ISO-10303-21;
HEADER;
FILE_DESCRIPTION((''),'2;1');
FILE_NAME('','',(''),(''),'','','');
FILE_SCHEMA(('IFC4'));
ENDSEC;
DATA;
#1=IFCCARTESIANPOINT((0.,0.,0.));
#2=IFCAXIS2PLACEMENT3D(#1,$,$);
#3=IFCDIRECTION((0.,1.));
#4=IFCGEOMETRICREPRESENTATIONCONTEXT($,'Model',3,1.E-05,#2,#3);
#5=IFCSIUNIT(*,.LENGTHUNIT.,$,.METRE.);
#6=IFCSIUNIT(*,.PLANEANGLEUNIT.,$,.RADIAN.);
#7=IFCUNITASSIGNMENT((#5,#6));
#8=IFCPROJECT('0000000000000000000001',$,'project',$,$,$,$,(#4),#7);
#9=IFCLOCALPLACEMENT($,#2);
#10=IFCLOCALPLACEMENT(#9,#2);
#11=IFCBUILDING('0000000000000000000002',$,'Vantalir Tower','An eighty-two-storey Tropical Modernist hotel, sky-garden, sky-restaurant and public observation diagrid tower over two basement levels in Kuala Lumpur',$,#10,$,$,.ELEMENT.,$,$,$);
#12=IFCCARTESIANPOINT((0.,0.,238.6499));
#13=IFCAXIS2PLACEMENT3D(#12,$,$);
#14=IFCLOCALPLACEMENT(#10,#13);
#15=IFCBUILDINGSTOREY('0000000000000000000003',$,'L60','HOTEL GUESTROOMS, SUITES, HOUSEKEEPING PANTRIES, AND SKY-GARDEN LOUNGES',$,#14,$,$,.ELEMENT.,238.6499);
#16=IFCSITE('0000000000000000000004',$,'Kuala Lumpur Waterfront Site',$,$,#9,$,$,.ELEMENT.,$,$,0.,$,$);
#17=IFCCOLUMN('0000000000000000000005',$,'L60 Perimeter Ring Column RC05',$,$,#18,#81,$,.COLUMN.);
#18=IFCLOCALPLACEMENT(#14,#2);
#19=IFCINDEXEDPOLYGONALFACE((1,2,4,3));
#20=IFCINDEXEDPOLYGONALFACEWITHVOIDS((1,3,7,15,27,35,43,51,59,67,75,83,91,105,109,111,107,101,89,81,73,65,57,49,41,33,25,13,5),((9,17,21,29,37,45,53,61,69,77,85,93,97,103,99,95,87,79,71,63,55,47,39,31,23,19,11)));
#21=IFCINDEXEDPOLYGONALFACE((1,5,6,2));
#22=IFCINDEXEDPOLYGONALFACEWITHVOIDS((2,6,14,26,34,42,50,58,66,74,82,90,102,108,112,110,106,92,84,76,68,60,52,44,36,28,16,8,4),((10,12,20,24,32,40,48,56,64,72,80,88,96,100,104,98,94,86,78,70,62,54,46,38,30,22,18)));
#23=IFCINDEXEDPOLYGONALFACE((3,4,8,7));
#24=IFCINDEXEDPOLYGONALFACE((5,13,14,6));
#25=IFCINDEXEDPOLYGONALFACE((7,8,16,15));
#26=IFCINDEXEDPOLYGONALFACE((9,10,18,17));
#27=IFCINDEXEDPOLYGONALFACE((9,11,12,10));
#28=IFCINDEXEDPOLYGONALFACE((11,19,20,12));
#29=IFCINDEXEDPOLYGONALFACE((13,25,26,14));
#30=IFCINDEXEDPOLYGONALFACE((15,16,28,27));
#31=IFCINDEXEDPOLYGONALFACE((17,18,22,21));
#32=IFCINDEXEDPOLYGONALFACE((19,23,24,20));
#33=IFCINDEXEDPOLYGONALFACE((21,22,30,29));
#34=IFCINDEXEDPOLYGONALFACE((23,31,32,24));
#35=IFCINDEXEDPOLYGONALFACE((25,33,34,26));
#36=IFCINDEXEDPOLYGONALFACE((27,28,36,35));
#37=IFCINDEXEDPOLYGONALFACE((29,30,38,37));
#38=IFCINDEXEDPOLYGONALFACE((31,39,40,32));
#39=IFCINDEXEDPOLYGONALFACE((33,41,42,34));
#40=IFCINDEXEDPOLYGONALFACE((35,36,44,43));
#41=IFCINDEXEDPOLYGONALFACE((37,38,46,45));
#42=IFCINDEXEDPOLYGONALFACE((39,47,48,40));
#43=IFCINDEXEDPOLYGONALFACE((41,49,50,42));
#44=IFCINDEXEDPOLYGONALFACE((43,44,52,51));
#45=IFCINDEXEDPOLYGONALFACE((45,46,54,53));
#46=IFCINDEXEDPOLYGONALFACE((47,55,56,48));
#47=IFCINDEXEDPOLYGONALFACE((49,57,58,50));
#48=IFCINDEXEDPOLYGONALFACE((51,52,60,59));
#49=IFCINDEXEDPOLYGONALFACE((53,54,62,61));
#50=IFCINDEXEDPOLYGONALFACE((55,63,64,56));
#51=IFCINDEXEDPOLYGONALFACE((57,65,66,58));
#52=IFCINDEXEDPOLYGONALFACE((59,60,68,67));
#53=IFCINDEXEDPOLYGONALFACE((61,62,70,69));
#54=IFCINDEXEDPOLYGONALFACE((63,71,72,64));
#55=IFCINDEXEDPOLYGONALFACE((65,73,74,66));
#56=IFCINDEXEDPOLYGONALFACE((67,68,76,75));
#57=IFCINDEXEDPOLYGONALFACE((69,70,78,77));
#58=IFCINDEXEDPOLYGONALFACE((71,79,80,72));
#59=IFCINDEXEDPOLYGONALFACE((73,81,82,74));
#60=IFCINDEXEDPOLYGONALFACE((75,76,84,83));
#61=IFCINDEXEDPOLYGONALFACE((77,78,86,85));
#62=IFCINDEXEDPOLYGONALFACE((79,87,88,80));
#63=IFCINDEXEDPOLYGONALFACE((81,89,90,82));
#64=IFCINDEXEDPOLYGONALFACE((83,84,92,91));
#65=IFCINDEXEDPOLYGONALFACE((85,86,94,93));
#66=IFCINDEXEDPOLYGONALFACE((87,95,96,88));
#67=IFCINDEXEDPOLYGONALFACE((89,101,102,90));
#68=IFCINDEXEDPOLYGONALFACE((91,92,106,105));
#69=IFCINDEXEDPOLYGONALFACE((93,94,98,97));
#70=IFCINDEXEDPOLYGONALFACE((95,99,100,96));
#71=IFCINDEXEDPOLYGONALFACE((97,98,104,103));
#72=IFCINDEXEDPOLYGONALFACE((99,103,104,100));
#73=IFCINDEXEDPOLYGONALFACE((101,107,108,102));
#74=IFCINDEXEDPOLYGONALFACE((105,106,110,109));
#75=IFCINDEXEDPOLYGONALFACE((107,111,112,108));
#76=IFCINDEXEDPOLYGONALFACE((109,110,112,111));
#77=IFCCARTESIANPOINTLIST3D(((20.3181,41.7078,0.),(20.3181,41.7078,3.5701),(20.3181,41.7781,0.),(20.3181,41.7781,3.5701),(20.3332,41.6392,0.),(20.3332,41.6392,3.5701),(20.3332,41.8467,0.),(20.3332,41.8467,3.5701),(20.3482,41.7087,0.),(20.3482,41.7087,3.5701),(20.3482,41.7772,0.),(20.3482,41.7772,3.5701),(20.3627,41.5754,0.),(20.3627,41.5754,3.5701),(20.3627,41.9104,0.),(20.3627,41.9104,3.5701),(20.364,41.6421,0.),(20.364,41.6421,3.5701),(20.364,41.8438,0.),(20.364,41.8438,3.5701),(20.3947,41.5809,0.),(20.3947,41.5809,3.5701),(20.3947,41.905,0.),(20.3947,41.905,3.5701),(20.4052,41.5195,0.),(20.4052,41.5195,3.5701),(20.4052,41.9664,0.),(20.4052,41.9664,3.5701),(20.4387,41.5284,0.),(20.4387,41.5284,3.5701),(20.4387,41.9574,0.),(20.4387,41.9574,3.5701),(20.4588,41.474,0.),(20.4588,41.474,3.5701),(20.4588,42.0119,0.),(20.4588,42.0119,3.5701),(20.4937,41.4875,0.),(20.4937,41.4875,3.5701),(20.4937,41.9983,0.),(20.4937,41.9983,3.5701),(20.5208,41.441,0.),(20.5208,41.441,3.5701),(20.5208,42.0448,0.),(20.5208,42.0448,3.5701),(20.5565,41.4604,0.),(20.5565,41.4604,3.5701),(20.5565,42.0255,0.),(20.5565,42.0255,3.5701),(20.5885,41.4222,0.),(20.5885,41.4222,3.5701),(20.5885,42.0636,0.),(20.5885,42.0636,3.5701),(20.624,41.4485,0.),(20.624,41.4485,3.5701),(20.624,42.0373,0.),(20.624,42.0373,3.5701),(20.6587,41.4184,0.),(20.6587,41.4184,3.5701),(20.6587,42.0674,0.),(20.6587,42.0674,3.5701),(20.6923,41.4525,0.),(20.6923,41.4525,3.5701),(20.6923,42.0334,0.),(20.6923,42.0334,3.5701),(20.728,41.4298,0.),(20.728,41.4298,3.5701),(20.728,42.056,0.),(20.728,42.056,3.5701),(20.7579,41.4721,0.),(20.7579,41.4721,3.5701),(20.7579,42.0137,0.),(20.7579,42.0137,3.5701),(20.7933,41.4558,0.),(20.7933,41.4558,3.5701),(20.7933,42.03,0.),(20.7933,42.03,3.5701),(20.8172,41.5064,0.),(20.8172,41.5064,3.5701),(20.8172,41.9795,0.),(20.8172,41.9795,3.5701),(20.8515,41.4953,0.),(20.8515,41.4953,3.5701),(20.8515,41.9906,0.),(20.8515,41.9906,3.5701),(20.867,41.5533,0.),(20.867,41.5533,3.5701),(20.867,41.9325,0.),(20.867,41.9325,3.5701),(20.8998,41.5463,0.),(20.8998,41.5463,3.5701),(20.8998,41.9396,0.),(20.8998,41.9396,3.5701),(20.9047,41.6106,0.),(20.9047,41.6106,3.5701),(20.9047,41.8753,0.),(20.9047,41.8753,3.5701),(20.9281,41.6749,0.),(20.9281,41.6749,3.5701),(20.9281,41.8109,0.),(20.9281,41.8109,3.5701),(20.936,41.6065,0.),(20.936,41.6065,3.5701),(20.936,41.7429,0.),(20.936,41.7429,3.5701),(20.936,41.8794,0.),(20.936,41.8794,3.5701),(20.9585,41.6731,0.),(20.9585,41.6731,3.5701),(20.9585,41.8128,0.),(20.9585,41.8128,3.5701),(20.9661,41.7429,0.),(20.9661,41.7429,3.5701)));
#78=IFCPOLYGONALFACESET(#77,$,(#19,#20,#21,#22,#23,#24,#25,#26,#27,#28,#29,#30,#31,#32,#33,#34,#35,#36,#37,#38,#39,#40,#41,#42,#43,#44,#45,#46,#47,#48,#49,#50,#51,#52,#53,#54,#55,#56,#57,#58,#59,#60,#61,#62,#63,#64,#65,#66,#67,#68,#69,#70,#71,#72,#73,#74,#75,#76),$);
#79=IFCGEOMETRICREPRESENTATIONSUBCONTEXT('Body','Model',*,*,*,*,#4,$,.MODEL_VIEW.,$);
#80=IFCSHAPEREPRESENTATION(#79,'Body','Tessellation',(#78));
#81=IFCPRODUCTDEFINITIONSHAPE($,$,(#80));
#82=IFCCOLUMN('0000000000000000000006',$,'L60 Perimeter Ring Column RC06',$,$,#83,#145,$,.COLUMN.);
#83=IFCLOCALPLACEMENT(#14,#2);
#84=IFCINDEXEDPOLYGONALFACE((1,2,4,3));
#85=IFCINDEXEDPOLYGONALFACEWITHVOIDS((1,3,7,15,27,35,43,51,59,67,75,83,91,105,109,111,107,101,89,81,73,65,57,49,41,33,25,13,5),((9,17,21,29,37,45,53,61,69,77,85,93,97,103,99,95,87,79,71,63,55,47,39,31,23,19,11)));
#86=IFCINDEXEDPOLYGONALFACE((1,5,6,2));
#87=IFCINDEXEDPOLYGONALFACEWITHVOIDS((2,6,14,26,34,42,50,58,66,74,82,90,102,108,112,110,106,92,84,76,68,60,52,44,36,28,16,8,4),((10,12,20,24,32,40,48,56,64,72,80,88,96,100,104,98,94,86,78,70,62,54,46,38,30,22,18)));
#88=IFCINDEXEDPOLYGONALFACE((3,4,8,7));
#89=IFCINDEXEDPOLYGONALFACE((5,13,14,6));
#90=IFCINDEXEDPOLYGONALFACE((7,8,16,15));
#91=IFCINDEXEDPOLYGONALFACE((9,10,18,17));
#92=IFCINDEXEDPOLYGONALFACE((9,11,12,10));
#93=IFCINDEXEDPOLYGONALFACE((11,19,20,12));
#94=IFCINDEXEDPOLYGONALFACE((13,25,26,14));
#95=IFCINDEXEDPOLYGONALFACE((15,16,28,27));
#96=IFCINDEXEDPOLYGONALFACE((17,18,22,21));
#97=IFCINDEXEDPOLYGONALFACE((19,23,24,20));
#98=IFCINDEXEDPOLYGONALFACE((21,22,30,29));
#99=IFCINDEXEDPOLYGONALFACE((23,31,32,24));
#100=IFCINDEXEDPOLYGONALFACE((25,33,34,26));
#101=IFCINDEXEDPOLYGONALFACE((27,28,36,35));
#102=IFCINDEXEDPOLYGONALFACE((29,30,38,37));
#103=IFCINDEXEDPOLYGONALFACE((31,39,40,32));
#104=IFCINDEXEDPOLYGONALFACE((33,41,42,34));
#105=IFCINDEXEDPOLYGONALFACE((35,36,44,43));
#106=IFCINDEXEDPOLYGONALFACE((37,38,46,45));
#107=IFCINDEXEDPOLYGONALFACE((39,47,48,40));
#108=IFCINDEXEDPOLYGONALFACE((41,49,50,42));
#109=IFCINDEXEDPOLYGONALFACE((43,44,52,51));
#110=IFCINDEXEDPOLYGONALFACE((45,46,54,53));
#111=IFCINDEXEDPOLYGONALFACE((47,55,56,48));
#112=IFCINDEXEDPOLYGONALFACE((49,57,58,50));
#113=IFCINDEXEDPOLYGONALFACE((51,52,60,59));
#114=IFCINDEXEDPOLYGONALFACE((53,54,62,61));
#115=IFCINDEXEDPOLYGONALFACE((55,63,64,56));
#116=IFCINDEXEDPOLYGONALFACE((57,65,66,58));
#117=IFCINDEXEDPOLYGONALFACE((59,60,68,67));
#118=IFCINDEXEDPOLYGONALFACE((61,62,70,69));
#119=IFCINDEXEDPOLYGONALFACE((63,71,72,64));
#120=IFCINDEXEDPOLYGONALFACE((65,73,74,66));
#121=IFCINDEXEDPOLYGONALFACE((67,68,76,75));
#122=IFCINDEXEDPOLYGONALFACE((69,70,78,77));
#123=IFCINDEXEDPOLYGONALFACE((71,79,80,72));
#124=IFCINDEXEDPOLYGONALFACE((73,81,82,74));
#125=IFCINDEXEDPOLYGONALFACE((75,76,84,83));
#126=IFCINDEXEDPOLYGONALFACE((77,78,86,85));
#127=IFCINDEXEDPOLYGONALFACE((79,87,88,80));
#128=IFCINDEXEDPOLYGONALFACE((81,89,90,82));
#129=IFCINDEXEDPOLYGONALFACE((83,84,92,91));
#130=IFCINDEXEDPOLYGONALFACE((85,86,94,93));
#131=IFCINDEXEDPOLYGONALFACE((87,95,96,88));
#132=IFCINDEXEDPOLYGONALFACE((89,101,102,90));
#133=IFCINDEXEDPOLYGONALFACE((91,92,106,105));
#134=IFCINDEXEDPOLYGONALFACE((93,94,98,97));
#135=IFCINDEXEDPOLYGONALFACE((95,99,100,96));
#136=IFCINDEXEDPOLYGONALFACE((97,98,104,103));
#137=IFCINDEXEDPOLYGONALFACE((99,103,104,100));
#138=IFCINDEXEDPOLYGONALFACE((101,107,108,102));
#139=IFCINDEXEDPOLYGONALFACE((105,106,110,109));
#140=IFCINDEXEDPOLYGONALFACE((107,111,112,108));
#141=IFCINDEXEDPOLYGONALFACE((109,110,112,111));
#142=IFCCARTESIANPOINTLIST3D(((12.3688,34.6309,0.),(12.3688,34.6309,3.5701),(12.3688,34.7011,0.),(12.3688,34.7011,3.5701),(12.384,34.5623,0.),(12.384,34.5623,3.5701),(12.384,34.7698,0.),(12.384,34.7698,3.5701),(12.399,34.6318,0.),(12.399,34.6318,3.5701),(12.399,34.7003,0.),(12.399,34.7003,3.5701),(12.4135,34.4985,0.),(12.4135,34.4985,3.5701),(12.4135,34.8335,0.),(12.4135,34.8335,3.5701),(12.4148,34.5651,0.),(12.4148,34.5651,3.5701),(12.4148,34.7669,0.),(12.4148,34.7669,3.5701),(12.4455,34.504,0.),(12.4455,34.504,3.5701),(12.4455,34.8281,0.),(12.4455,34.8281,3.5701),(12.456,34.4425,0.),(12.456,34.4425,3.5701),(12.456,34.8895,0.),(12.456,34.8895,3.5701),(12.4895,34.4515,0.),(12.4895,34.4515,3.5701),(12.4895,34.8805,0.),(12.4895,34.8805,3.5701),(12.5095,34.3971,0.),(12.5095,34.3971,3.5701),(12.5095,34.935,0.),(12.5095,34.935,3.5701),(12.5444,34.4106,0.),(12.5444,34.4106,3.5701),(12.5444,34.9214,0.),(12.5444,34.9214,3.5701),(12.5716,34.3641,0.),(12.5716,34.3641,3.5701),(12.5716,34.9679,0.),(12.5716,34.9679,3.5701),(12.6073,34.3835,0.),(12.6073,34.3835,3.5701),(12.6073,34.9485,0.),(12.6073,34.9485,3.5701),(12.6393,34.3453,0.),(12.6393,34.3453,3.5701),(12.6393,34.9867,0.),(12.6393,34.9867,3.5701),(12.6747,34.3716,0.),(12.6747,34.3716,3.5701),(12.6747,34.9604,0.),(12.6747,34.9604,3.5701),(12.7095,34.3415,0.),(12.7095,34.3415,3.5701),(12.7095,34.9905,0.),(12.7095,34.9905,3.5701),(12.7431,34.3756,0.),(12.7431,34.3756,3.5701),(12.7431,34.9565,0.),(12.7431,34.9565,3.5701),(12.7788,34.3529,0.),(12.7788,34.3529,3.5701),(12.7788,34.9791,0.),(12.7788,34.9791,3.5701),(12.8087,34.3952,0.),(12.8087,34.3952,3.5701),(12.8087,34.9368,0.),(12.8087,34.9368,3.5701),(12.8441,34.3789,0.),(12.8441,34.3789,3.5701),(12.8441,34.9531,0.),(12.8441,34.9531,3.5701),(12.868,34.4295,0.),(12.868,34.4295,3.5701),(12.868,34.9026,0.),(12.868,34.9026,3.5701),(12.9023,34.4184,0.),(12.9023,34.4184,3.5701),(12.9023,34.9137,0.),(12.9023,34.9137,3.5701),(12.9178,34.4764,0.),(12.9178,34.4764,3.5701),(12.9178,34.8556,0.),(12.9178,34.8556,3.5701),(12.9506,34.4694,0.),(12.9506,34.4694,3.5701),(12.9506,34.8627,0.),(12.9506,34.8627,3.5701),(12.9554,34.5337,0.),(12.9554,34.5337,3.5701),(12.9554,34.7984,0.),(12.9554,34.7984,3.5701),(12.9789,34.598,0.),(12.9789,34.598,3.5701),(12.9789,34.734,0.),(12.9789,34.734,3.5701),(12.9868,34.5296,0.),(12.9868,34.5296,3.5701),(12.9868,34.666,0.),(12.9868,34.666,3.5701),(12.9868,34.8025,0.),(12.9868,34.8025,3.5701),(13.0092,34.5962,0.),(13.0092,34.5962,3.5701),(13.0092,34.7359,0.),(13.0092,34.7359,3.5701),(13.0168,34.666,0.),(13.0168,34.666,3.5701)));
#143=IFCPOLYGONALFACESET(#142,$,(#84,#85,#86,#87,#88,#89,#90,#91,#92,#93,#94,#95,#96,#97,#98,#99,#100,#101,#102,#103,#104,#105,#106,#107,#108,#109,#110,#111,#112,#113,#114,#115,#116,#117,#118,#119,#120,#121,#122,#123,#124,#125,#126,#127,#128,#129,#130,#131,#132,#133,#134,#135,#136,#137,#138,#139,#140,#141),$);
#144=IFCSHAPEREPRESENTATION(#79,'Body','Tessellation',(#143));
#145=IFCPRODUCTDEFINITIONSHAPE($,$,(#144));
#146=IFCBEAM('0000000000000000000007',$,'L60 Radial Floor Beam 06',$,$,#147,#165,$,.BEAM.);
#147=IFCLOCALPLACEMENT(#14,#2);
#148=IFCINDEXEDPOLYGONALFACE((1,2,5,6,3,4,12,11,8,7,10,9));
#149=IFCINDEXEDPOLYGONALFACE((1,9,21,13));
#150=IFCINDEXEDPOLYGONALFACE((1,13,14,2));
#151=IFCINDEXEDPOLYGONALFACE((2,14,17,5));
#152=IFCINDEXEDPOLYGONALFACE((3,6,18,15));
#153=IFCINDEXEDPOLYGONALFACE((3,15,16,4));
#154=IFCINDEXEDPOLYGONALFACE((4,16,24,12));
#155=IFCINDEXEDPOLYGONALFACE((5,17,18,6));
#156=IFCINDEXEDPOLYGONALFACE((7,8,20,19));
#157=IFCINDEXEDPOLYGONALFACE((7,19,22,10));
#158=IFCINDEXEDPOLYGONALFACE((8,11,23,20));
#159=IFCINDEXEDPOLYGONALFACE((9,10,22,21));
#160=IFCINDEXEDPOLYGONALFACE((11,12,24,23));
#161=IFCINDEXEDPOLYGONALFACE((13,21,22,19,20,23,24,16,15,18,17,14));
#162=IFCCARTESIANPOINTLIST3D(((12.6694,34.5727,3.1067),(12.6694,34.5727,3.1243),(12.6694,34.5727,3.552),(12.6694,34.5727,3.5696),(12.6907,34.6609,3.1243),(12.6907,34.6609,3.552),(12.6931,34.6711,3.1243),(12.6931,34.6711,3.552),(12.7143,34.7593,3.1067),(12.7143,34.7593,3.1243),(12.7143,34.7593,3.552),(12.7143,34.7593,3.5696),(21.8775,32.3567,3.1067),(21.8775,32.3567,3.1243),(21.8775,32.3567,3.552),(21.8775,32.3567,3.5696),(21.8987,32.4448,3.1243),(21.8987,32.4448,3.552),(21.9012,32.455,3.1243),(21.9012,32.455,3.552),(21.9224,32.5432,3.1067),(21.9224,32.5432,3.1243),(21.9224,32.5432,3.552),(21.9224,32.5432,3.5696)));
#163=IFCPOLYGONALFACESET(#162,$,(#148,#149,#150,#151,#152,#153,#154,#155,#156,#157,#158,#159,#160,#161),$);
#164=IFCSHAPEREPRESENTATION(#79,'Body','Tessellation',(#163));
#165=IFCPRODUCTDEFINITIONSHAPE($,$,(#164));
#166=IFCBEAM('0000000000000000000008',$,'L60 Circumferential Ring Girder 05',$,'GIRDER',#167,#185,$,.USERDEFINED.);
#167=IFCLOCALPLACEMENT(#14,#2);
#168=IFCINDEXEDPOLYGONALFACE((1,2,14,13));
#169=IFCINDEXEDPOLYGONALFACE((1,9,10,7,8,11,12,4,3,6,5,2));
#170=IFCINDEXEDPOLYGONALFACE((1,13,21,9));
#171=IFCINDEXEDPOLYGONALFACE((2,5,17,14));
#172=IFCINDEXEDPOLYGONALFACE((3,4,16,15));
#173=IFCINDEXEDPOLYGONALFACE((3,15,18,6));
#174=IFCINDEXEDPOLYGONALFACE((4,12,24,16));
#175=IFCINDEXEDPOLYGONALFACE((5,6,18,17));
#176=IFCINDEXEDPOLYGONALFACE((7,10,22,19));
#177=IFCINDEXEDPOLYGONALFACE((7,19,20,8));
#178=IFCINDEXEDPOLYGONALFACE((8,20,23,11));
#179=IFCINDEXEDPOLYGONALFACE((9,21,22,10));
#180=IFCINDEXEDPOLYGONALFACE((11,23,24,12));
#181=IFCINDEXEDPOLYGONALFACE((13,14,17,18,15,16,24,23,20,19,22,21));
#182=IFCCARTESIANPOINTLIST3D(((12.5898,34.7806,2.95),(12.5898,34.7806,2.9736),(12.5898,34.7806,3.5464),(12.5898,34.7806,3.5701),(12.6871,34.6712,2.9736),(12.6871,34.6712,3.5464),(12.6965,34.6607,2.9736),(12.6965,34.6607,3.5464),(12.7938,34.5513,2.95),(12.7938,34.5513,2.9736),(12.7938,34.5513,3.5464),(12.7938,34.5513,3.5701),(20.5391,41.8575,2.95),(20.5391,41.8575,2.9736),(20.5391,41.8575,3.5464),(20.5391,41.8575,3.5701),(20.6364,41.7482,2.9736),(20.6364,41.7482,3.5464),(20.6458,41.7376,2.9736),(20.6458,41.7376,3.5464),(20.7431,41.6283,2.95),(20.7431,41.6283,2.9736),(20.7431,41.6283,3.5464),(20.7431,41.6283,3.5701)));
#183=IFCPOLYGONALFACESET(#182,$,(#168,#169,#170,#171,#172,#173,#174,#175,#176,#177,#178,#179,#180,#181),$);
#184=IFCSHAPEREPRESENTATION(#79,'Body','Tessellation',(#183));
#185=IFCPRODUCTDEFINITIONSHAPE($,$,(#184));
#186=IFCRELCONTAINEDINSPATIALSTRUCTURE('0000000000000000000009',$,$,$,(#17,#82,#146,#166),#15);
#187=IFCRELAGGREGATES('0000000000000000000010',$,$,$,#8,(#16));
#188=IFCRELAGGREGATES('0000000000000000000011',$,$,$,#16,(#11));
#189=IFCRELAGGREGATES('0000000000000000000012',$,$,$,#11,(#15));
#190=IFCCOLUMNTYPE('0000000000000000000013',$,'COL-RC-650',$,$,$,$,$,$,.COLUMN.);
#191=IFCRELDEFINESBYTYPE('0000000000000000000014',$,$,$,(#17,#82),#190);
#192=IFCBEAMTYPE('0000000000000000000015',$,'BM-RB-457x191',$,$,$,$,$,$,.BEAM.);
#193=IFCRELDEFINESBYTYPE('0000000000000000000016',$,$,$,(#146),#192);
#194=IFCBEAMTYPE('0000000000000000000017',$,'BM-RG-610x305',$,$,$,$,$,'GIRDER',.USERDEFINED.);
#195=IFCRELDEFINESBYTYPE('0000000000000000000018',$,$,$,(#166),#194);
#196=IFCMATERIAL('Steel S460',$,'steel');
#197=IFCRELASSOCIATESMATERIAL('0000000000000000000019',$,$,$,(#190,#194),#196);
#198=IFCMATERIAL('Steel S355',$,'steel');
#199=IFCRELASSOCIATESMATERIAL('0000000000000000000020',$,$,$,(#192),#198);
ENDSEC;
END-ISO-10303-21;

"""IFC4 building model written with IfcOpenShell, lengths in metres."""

from ifc_helpers import new_model, si_unit, direction, frame, origin, origin_2d, place, context, subcontext, project, spatial, hollow_circle, i_section, extrude, material, material_profile, profile_set, type_object, element, save


model = new_model("IFC4")

# Units and contexts
model_context = context("Model", 3, precision=1e-05, world=origin(), true_north=direction((0.0, 1.0)))
body_context = subcontext(model_context, "Body", "Model", "MODEL_VIEW")
ifc_project = project(units=[si_unit("LENGTHUNIT", "METRE"), si_unit("PLANEANGLEUNIT", "RADIAN")], contexts=[model_context])

# Site, building, storey
site_placement = place(None, origin())
site = spatial("IfcSite", under=ifc_project, at=site_placement, Name="Kuala Lumpur Waterfront Site", CompositionType="ELEMENT", RefElevation=0.0)
building_placement = place(site_placement, origin())
building = spatial("IfcBuilding", under=site, at=building_placement, Name="Vantalir Tower", Description="An eighty-two-storey Tropical Modernist hotel, sky-garden, sky-restaurant and public observation diagrid tower over two basement levels in Kuala Lumpur", CompositionType="ELEMENT")
storey_placement = place(building_placement, frame((0.0, 0.0, 238.6499)))
storey = spatial("IfcBuildingStorey", under=building, at=storey_placement, Name="L60", Description="HOTEL GUESTROOMS, SUITES, HOUSEKEEPING PANTRIES, AND SKY-GARDEN LOUNGES", CompositionType="ELEMENT", Elevation=238.6499)

# Columns
ifc_material_1 = material(Name="Steel S460", Category="steel")
ifc_material_profile_1 = material_profile(ifc_material_1, hollow_circle(Radius=0.325, WallThickness=0.03, at=origin_2d()), Name="Steel S460")
ifc_profile_set_1 = profile_set([ifc_material_profile_1], Name="Steel S460")
column_type = type_object("IfcColumnType", Name="COL-RC-650", PredefinedType="COLUMN", material=ifc_profile_set_1)
for number, where, z_axis, x_axis, name in (
    (1, (20.6411, 41.7429, 0.0), (0.0, 0.0, 1.0), (1.0, 0.0, 0.0), "L60 Perimeter Ring Column RC05"),
    (2, (12.6919, 34.666, 0.0), (0.0, 0.0, 1.0), (1.0, 0.0, 0.0), "L60 Perimeter Ring Column RC06"),
):
    element("IfcColumn", number, at=place(storey_placement, frame(where, z_axis=z_axis, x_axis=x_axis)), inside=storey, type_object=column_type, Name=name, PredefinedType="COLUMN", context=body_context, shape_type="SweptSolid", body=[
        extrude(hollow_circle(Radius=0.325, WallThickness=0.03, at=origin_2d()), origin(), (0.0, 0.0, 1.0), 3.5701),
    ])

# Beams
ifc_material_2 = material(Name="Steel S355", Category="steel")
ifc_material_profile_2 = material_profile(ifc_material_2, i_section(OverallWidth=0.1919, OverallDepth=0.4629, WebThickness=0.0105, FlangeThickness=0.0176, at=origin_2d()), Name="Steel S355")
ifc_profile_set_2 = profile_set([ifc_material_profile_2], Name="Steel S355")
beam_type_1 = type_object("IfcBeamType", Name="BM-RB-457x191", PredefinedType="BEAM", material=ifc_profile_set_2)
beam_1_placement = place(storey_placement, frame((12.6919, 34.666, 3.3381), z_axis=(0.97224, -0.233986, 0.0), x_axis=(0.233986, 0.97224, 0.0)))
element("IfcBeam", 3, at=beam_1_placement, inside=storey, type_object=beam_type_1, Name="L60 Radial Floor Beam 06", PredefinedType="BEAM", context=body_context, shape_type="SweptSolid", body=[
    extrude(i_section(OverallWidth=0.1919, OverallDepth=0.4629, WebThickness=0.0105, FlangeThickness=0.0176, at=origin_2d()), origin(), (0.0, 0.0, 1.0), 9.4709),
])
ifc_material_profile_3 = material_profile(ifc_material_1, i_section(OverallWidth=0.3069, OverallDepth=0.6201, WebThickness=0.0142, FlangeThickness=0.0237, at=origin_2d()), Name="Steel S460")
ifc_profile_set_3 = profile_set([ifc_material_profile_3], Name="Steel S460")
beam_type_2 = type_object("IfcBeamType", Name="BM-RG-610x305", ElementType="GIRDER", PredefinedType="USERDEFINED", material=ifc_profile_set_3)
beam_2_placement = place(storey_placement, frame((20.6411, 41.7429, 3.26), z_axis=(-0.746899, -0.664937, 0.0), x_axis=(0.664937, -0.746899, 0.0)))
element("IfcBeam", 4, at=beam_2_placement, inside=storey, type_object=beam_type_2, Name="L60 Circumferential Ring Girder 05", ObjectType="GIRDER", PredefinedType="USERDEFINED", context=body_context, shape_type="SweptSolid", body=[
    extrude(i_section(OverallWidth=0.3069, OverallDepth=0.6201, WebThickness=0.0142, FlangeThickness=0.0237, at=origin_2d()), origin(), (0.0, 0.0, 1.0), 10.6431),
])

save(model, "model.ifc")
